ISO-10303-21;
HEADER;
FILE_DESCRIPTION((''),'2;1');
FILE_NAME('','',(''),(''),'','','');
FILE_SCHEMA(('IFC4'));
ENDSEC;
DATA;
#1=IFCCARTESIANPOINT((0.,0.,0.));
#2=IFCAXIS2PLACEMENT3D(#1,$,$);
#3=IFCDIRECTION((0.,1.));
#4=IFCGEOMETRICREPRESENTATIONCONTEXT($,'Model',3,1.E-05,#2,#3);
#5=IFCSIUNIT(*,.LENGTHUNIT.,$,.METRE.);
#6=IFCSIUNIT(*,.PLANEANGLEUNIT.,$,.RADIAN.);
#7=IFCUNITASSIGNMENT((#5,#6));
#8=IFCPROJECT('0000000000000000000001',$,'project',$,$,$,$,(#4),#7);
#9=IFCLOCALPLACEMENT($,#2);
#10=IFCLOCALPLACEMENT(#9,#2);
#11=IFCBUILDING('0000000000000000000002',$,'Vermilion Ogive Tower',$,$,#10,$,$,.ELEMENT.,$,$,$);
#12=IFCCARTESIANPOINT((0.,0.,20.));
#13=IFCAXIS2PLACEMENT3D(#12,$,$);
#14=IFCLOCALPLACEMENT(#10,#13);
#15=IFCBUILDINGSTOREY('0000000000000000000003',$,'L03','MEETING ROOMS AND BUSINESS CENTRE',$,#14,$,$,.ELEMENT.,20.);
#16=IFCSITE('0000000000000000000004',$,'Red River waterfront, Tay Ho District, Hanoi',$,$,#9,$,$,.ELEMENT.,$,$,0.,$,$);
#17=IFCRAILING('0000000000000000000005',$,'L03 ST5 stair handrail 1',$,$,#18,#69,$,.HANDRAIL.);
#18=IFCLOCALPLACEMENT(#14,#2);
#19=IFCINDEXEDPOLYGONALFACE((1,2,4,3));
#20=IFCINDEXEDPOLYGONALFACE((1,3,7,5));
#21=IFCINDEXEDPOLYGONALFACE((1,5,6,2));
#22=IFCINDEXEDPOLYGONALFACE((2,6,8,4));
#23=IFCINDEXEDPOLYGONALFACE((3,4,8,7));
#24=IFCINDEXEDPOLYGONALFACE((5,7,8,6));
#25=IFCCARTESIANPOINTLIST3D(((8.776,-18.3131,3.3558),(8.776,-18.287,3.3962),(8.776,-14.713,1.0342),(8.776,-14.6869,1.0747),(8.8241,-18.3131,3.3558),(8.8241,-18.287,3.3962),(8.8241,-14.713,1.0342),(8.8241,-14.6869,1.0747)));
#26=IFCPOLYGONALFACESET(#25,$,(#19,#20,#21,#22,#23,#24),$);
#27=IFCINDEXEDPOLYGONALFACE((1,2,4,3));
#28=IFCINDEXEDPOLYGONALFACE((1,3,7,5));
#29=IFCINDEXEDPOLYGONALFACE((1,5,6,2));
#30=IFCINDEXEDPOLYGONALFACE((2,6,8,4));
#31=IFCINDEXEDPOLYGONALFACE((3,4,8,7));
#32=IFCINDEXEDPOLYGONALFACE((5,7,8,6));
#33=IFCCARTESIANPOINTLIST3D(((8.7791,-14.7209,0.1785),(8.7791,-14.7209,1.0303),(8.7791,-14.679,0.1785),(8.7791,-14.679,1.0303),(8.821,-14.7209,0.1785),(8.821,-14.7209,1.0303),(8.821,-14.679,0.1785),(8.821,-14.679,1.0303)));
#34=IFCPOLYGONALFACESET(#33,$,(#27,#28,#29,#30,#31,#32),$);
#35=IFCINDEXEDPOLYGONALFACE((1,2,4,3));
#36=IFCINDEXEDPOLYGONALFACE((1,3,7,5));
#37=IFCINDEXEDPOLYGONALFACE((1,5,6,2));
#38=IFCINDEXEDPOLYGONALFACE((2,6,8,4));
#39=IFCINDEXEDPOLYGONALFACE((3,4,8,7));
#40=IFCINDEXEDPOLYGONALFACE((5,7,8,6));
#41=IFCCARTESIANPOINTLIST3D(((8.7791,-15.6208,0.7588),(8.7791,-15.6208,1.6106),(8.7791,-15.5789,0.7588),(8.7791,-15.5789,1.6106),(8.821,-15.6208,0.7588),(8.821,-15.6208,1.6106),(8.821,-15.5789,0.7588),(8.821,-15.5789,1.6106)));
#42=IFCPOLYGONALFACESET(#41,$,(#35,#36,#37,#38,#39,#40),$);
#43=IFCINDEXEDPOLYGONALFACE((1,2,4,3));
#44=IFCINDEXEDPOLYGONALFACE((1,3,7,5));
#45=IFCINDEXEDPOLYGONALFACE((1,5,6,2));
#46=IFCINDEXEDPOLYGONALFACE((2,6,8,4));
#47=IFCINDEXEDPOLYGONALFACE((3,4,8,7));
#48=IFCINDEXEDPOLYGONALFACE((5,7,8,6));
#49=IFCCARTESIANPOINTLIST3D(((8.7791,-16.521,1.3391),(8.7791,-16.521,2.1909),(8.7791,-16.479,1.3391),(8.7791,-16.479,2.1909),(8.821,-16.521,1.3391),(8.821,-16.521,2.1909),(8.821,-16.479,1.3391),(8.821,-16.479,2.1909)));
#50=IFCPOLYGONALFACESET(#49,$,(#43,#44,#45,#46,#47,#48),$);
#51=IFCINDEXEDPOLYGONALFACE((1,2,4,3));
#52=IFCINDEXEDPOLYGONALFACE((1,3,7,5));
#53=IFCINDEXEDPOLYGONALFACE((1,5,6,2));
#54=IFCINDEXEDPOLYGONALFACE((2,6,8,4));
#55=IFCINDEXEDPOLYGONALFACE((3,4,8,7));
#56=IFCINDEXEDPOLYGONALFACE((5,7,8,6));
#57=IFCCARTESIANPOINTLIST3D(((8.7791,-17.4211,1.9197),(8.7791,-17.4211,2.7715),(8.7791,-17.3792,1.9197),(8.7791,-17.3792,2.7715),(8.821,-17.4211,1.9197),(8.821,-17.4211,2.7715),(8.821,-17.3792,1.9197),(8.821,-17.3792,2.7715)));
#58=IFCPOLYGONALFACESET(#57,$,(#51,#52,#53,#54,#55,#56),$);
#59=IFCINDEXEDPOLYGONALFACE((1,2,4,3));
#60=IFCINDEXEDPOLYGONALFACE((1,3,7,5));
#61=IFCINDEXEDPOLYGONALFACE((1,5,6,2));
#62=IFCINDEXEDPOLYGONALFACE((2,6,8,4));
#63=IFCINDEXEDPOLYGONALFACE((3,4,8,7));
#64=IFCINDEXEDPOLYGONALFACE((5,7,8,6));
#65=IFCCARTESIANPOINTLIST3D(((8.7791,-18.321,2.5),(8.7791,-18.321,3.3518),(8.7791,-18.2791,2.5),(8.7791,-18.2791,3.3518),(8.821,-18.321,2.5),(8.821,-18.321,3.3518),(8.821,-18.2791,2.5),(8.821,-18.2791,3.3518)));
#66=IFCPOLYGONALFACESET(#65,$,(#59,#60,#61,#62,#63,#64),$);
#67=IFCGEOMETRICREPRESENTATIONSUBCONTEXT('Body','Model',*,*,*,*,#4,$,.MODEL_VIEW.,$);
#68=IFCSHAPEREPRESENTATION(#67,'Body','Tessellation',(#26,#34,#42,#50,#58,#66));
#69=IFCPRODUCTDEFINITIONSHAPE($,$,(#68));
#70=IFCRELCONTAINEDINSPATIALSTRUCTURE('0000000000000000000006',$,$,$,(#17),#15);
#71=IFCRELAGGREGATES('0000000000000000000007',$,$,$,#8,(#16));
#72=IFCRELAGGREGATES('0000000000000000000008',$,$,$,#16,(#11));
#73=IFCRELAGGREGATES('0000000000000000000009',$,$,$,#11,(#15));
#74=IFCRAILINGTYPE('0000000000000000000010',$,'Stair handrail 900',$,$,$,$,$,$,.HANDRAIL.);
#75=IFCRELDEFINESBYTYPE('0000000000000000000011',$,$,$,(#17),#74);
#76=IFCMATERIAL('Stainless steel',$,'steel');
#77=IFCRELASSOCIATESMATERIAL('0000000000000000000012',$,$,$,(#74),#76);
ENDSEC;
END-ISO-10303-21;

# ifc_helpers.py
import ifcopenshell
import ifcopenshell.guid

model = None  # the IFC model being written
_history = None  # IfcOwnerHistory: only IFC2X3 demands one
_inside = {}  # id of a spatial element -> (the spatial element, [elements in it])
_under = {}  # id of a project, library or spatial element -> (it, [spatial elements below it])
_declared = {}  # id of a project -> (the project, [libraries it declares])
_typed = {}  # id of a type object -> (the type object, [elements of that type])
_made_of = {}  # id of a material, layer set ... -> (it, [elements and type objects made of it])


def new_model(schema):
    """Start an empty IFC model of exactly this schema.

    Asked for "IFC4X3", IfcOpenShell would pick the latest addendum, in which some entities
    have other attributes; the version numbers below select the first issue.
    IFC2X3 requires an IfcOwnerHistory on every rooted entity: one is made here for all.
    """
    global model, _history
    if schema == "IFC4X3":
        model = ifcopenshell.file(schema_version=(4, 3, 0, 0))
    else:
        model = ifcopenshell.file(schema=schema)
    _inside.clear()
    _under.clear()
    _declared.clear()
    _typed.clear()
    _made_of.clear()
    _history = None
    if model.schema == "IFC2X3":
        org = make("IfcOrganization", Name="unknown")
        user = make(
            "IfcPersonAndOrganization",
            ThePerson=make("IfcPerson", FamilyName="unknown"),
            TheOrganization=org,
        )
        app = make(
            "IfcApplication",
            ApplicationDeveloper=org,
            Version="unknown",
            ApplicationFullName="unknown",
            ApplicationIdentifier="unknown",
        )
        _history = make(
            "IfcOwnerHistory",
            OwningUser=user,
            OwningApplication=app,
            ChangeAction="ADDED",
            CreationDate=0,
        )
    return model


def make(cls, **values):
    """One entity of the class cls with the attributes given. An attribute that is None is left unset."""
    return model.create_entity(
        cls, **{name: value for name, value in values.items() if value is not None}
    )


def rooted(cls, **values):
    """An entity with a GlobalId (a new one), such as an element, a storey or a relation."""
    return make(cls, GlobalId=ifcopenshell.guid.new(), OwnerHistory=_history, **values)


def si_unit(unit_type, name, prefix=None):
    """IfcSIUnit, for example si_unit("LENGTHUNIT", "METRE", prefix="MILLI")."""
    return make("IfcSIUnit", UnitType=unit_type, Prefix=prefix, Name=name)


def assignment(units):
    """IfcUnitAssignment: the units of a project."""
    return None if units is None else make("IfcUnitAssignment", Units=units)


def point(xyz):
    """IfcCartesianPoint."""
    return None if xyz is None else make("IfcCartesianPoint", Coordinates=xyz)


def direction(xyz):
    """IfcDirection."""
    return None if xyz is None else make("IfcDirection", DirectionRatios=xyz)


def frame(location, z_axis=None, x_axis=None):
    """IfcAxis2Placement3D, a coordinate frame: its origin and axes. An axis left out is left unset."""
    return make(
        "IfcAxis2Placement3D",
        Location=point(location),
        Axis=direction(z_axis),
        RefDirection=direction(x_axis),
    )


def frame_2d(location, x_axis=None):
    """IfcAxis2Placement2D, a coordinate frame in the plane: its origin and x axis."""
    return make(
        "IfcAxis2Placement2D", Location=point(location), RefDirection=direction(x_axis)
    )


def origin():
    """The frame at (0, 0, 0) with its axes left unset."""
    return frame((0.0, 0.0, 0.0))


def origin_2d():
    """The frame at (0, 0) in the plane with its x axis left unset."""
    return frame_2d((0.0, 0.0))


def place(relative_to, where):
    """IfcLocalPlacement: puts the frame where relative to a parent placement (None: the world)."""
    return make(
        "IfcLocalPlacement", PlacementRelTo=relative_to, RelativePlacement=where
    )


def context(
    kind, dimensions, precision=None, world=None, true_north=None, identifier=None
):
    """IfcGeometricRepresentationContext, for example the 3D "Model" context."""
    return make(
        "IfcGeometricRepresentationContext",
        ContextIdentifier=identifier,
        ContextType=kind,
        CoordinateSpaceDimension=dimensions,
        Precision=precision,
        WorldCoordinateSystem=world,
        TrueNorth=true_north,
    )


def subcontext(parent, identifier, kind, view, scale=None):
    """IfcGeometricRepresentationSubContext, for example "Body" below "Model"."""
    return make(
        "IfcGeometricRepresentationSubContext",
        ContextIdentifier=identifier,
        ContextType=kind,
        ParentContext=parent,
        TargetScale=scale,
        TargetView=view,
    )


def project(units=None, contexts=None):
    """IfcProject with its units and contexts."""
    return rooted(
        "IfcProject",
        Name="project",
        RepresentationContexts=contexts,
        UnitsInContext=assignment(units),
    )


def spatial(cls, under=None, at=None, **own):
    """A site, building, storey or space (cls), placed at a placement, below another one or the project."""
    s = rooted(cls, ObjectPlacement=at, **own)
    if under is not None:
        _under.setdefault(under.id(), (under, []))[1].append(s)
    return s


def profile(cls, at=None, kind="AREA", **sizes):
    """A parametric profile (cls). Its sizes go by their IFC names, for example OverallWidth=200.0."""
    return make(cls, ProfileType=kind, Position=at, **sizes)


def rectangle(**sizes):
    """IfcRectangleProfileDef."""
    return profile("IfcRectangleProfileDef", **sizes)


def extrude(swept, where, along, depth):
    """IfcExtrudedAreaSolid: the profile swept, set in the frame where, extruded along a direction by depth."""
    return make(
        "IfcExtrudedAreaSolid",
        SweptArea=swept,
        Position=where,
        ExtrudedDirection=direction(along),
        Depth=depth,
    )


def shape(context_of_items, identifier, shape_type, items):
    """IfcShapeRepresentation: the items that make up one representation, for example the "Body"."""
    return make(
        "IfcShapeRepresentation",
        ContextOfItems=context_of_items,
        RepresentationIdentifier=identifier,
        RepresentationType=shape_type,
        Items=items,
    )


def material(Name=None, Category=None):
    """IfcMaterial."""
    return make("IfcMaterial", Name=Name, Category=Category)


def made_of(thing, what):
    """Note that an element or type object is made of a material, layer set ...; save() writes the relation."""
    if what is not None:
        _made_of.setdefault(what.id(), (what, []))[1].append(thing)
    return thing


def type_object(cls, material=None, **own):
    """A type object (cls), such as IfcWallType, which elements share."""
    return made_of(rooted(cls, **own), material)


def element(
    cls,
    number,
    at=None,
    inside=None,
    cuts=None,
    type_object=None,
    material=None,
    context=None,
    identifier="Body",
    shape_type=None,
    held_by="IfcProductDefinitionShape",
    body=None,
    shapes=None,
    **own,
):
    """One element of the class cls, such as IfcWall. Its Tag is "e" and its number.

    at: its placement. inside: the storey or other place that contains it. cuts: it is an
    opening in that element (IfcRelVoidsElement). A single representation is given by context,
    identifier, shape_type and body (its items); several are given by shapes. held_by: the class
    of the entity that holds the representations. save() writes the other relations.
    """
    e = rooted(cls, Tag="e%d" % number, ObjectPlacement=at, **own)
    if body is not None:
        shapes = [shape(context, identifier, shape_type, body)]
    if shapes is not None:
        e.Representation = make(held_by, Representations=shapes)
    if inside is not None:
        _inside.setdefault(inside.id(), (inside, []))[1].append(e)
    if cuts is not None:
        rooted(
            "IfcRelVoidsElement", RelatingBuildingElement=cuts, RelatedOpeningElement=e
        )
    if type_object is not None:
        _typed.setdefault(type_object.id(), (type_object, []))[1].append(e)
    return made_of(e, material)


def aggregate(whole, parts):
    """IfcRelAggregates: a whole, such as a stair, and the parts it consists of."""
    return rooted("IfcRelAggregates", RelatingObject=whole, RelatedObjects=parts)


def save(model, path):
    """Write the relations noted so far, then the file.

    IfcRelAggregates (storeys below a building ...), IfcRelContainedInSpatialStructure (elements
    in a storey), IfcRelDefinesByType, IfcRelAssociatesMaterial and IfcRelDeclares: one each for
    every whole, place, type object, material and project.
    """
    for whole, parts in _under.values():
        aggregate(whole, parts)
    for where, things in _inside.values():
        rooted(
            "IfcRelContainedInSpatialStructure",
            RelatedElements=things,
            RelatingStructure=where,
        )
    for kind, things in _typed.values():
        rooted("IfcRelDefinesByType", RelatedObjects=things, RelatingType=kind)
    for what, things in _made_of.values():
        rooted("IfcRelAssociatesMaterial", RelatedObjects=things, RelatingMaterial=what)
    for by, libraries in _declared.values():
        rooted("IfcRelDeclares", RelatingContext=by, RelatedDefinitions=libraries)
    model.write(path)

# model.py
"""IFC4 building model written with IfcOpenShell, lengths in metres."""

from ifc_helpers import new_model, si_unit, direction, frame, origin, origin_2d, place, context, subcontext, project, spatial, rectangle, extrude, material, type_object, element, save


model = new_model("IFC4")

# Units and contexts
model_context = context("Model", 3, precision=1e-05, world=origin(), true_north=direction((0.0, 1.0)))
body_context = subcontext(model_context, "Body", "Model", "MODEL_VIEW")
ifc_project = project(units=[si_unit("LENGTHUNIT", "METRE"), si_unit("PLANEANGLEUNIT", "RADIAN")], contexts=[model_context])

# Site, building, storey
site_placement = place(None, origin())
site = spatial("IfcSite", under=ifc_project, at=site_placement, Name="Red River waterfront, Tay Ho District, Hanoi", CompositionType="ELEMENT", RefElevation=0.0)
building_placement = place(site_placement, origin())
building = spatial("IfcBuilding", under=site, at=building_placement, Name="Vermilion Ogive Tower", CompositionType="ELEMENT")
storey_placement = place(building_placement, frame((0.0, 0.0, 20.0)))
storey = spatial("IfcBuildingStorey", under=building, at=storey_placement, Name="L03", Description="MEETING ROOMS AND BUSINESS CENTRE", CompositionType="ELEMENT", Elevation=20.0)

# Railing
ifc_material_1 = material(Name="Stainless steel", Category="steel")
railing_type_1 = type_object("IfcRailingType", Name="Stair handrail 900", PredefinedType="HANDRAIL", material=ifc_material_1)
railing_1_placement = place(storey_placement, frame((8.8, -14.7, 0.1785)))
element("IfcRailing", 1, at=railing_1_placement, inside=storey, type_object=railing_type_1, Name="L03 ST5 stair handrail 1", PredefinedType="HANDRAIL", context=body_context, shape_type="SweptSolid", body=[
    extrude(rectangle(XDim=0.0481, YDim=0.0481, at=origin_2d()), frame((0.0, 0.0, 0.876), z_axis=(0.0, -0.840415, 0.541944), x_axis=(1.0, 0.0, 0.0)), (0.0, 0.0, 1.0), 4.2837),
    extrude(rectangle(XDim=0.042, YDim=0.042, at=origin_2d()), origin(), (0.0, 0.0, 1.0), 0.8518),
    extrude(rectangle(XDim=0.042, YDim=0.042, at=origin_2d()), frame((0.0, -0.8999, 0.5803)), (0.0, 0.0, 1.0), 0.8518),
    extrude(rectangle(XDim=0.042, YDim=0.042, at=origin_2d()), frame((0.0, -1.8, 1.1606)), (0.0, 0.0, 1.0), 0.8518),
    extrude(rectangle(XDim=0.042, YDim=0.042, at=origin_2d()), frame((0.0, -2.7002, 1.7412)), (0.0, 0.0, 1.0), 0.8518),
    extrude(rectangle(XDim=0.042, YDim=0.042, at=origin_2d()), frame((0.0, -3.6001, 2.3215)), (0.0, 0.0, 1.0), 0.8518),
])

save(model, "model.ifc")
